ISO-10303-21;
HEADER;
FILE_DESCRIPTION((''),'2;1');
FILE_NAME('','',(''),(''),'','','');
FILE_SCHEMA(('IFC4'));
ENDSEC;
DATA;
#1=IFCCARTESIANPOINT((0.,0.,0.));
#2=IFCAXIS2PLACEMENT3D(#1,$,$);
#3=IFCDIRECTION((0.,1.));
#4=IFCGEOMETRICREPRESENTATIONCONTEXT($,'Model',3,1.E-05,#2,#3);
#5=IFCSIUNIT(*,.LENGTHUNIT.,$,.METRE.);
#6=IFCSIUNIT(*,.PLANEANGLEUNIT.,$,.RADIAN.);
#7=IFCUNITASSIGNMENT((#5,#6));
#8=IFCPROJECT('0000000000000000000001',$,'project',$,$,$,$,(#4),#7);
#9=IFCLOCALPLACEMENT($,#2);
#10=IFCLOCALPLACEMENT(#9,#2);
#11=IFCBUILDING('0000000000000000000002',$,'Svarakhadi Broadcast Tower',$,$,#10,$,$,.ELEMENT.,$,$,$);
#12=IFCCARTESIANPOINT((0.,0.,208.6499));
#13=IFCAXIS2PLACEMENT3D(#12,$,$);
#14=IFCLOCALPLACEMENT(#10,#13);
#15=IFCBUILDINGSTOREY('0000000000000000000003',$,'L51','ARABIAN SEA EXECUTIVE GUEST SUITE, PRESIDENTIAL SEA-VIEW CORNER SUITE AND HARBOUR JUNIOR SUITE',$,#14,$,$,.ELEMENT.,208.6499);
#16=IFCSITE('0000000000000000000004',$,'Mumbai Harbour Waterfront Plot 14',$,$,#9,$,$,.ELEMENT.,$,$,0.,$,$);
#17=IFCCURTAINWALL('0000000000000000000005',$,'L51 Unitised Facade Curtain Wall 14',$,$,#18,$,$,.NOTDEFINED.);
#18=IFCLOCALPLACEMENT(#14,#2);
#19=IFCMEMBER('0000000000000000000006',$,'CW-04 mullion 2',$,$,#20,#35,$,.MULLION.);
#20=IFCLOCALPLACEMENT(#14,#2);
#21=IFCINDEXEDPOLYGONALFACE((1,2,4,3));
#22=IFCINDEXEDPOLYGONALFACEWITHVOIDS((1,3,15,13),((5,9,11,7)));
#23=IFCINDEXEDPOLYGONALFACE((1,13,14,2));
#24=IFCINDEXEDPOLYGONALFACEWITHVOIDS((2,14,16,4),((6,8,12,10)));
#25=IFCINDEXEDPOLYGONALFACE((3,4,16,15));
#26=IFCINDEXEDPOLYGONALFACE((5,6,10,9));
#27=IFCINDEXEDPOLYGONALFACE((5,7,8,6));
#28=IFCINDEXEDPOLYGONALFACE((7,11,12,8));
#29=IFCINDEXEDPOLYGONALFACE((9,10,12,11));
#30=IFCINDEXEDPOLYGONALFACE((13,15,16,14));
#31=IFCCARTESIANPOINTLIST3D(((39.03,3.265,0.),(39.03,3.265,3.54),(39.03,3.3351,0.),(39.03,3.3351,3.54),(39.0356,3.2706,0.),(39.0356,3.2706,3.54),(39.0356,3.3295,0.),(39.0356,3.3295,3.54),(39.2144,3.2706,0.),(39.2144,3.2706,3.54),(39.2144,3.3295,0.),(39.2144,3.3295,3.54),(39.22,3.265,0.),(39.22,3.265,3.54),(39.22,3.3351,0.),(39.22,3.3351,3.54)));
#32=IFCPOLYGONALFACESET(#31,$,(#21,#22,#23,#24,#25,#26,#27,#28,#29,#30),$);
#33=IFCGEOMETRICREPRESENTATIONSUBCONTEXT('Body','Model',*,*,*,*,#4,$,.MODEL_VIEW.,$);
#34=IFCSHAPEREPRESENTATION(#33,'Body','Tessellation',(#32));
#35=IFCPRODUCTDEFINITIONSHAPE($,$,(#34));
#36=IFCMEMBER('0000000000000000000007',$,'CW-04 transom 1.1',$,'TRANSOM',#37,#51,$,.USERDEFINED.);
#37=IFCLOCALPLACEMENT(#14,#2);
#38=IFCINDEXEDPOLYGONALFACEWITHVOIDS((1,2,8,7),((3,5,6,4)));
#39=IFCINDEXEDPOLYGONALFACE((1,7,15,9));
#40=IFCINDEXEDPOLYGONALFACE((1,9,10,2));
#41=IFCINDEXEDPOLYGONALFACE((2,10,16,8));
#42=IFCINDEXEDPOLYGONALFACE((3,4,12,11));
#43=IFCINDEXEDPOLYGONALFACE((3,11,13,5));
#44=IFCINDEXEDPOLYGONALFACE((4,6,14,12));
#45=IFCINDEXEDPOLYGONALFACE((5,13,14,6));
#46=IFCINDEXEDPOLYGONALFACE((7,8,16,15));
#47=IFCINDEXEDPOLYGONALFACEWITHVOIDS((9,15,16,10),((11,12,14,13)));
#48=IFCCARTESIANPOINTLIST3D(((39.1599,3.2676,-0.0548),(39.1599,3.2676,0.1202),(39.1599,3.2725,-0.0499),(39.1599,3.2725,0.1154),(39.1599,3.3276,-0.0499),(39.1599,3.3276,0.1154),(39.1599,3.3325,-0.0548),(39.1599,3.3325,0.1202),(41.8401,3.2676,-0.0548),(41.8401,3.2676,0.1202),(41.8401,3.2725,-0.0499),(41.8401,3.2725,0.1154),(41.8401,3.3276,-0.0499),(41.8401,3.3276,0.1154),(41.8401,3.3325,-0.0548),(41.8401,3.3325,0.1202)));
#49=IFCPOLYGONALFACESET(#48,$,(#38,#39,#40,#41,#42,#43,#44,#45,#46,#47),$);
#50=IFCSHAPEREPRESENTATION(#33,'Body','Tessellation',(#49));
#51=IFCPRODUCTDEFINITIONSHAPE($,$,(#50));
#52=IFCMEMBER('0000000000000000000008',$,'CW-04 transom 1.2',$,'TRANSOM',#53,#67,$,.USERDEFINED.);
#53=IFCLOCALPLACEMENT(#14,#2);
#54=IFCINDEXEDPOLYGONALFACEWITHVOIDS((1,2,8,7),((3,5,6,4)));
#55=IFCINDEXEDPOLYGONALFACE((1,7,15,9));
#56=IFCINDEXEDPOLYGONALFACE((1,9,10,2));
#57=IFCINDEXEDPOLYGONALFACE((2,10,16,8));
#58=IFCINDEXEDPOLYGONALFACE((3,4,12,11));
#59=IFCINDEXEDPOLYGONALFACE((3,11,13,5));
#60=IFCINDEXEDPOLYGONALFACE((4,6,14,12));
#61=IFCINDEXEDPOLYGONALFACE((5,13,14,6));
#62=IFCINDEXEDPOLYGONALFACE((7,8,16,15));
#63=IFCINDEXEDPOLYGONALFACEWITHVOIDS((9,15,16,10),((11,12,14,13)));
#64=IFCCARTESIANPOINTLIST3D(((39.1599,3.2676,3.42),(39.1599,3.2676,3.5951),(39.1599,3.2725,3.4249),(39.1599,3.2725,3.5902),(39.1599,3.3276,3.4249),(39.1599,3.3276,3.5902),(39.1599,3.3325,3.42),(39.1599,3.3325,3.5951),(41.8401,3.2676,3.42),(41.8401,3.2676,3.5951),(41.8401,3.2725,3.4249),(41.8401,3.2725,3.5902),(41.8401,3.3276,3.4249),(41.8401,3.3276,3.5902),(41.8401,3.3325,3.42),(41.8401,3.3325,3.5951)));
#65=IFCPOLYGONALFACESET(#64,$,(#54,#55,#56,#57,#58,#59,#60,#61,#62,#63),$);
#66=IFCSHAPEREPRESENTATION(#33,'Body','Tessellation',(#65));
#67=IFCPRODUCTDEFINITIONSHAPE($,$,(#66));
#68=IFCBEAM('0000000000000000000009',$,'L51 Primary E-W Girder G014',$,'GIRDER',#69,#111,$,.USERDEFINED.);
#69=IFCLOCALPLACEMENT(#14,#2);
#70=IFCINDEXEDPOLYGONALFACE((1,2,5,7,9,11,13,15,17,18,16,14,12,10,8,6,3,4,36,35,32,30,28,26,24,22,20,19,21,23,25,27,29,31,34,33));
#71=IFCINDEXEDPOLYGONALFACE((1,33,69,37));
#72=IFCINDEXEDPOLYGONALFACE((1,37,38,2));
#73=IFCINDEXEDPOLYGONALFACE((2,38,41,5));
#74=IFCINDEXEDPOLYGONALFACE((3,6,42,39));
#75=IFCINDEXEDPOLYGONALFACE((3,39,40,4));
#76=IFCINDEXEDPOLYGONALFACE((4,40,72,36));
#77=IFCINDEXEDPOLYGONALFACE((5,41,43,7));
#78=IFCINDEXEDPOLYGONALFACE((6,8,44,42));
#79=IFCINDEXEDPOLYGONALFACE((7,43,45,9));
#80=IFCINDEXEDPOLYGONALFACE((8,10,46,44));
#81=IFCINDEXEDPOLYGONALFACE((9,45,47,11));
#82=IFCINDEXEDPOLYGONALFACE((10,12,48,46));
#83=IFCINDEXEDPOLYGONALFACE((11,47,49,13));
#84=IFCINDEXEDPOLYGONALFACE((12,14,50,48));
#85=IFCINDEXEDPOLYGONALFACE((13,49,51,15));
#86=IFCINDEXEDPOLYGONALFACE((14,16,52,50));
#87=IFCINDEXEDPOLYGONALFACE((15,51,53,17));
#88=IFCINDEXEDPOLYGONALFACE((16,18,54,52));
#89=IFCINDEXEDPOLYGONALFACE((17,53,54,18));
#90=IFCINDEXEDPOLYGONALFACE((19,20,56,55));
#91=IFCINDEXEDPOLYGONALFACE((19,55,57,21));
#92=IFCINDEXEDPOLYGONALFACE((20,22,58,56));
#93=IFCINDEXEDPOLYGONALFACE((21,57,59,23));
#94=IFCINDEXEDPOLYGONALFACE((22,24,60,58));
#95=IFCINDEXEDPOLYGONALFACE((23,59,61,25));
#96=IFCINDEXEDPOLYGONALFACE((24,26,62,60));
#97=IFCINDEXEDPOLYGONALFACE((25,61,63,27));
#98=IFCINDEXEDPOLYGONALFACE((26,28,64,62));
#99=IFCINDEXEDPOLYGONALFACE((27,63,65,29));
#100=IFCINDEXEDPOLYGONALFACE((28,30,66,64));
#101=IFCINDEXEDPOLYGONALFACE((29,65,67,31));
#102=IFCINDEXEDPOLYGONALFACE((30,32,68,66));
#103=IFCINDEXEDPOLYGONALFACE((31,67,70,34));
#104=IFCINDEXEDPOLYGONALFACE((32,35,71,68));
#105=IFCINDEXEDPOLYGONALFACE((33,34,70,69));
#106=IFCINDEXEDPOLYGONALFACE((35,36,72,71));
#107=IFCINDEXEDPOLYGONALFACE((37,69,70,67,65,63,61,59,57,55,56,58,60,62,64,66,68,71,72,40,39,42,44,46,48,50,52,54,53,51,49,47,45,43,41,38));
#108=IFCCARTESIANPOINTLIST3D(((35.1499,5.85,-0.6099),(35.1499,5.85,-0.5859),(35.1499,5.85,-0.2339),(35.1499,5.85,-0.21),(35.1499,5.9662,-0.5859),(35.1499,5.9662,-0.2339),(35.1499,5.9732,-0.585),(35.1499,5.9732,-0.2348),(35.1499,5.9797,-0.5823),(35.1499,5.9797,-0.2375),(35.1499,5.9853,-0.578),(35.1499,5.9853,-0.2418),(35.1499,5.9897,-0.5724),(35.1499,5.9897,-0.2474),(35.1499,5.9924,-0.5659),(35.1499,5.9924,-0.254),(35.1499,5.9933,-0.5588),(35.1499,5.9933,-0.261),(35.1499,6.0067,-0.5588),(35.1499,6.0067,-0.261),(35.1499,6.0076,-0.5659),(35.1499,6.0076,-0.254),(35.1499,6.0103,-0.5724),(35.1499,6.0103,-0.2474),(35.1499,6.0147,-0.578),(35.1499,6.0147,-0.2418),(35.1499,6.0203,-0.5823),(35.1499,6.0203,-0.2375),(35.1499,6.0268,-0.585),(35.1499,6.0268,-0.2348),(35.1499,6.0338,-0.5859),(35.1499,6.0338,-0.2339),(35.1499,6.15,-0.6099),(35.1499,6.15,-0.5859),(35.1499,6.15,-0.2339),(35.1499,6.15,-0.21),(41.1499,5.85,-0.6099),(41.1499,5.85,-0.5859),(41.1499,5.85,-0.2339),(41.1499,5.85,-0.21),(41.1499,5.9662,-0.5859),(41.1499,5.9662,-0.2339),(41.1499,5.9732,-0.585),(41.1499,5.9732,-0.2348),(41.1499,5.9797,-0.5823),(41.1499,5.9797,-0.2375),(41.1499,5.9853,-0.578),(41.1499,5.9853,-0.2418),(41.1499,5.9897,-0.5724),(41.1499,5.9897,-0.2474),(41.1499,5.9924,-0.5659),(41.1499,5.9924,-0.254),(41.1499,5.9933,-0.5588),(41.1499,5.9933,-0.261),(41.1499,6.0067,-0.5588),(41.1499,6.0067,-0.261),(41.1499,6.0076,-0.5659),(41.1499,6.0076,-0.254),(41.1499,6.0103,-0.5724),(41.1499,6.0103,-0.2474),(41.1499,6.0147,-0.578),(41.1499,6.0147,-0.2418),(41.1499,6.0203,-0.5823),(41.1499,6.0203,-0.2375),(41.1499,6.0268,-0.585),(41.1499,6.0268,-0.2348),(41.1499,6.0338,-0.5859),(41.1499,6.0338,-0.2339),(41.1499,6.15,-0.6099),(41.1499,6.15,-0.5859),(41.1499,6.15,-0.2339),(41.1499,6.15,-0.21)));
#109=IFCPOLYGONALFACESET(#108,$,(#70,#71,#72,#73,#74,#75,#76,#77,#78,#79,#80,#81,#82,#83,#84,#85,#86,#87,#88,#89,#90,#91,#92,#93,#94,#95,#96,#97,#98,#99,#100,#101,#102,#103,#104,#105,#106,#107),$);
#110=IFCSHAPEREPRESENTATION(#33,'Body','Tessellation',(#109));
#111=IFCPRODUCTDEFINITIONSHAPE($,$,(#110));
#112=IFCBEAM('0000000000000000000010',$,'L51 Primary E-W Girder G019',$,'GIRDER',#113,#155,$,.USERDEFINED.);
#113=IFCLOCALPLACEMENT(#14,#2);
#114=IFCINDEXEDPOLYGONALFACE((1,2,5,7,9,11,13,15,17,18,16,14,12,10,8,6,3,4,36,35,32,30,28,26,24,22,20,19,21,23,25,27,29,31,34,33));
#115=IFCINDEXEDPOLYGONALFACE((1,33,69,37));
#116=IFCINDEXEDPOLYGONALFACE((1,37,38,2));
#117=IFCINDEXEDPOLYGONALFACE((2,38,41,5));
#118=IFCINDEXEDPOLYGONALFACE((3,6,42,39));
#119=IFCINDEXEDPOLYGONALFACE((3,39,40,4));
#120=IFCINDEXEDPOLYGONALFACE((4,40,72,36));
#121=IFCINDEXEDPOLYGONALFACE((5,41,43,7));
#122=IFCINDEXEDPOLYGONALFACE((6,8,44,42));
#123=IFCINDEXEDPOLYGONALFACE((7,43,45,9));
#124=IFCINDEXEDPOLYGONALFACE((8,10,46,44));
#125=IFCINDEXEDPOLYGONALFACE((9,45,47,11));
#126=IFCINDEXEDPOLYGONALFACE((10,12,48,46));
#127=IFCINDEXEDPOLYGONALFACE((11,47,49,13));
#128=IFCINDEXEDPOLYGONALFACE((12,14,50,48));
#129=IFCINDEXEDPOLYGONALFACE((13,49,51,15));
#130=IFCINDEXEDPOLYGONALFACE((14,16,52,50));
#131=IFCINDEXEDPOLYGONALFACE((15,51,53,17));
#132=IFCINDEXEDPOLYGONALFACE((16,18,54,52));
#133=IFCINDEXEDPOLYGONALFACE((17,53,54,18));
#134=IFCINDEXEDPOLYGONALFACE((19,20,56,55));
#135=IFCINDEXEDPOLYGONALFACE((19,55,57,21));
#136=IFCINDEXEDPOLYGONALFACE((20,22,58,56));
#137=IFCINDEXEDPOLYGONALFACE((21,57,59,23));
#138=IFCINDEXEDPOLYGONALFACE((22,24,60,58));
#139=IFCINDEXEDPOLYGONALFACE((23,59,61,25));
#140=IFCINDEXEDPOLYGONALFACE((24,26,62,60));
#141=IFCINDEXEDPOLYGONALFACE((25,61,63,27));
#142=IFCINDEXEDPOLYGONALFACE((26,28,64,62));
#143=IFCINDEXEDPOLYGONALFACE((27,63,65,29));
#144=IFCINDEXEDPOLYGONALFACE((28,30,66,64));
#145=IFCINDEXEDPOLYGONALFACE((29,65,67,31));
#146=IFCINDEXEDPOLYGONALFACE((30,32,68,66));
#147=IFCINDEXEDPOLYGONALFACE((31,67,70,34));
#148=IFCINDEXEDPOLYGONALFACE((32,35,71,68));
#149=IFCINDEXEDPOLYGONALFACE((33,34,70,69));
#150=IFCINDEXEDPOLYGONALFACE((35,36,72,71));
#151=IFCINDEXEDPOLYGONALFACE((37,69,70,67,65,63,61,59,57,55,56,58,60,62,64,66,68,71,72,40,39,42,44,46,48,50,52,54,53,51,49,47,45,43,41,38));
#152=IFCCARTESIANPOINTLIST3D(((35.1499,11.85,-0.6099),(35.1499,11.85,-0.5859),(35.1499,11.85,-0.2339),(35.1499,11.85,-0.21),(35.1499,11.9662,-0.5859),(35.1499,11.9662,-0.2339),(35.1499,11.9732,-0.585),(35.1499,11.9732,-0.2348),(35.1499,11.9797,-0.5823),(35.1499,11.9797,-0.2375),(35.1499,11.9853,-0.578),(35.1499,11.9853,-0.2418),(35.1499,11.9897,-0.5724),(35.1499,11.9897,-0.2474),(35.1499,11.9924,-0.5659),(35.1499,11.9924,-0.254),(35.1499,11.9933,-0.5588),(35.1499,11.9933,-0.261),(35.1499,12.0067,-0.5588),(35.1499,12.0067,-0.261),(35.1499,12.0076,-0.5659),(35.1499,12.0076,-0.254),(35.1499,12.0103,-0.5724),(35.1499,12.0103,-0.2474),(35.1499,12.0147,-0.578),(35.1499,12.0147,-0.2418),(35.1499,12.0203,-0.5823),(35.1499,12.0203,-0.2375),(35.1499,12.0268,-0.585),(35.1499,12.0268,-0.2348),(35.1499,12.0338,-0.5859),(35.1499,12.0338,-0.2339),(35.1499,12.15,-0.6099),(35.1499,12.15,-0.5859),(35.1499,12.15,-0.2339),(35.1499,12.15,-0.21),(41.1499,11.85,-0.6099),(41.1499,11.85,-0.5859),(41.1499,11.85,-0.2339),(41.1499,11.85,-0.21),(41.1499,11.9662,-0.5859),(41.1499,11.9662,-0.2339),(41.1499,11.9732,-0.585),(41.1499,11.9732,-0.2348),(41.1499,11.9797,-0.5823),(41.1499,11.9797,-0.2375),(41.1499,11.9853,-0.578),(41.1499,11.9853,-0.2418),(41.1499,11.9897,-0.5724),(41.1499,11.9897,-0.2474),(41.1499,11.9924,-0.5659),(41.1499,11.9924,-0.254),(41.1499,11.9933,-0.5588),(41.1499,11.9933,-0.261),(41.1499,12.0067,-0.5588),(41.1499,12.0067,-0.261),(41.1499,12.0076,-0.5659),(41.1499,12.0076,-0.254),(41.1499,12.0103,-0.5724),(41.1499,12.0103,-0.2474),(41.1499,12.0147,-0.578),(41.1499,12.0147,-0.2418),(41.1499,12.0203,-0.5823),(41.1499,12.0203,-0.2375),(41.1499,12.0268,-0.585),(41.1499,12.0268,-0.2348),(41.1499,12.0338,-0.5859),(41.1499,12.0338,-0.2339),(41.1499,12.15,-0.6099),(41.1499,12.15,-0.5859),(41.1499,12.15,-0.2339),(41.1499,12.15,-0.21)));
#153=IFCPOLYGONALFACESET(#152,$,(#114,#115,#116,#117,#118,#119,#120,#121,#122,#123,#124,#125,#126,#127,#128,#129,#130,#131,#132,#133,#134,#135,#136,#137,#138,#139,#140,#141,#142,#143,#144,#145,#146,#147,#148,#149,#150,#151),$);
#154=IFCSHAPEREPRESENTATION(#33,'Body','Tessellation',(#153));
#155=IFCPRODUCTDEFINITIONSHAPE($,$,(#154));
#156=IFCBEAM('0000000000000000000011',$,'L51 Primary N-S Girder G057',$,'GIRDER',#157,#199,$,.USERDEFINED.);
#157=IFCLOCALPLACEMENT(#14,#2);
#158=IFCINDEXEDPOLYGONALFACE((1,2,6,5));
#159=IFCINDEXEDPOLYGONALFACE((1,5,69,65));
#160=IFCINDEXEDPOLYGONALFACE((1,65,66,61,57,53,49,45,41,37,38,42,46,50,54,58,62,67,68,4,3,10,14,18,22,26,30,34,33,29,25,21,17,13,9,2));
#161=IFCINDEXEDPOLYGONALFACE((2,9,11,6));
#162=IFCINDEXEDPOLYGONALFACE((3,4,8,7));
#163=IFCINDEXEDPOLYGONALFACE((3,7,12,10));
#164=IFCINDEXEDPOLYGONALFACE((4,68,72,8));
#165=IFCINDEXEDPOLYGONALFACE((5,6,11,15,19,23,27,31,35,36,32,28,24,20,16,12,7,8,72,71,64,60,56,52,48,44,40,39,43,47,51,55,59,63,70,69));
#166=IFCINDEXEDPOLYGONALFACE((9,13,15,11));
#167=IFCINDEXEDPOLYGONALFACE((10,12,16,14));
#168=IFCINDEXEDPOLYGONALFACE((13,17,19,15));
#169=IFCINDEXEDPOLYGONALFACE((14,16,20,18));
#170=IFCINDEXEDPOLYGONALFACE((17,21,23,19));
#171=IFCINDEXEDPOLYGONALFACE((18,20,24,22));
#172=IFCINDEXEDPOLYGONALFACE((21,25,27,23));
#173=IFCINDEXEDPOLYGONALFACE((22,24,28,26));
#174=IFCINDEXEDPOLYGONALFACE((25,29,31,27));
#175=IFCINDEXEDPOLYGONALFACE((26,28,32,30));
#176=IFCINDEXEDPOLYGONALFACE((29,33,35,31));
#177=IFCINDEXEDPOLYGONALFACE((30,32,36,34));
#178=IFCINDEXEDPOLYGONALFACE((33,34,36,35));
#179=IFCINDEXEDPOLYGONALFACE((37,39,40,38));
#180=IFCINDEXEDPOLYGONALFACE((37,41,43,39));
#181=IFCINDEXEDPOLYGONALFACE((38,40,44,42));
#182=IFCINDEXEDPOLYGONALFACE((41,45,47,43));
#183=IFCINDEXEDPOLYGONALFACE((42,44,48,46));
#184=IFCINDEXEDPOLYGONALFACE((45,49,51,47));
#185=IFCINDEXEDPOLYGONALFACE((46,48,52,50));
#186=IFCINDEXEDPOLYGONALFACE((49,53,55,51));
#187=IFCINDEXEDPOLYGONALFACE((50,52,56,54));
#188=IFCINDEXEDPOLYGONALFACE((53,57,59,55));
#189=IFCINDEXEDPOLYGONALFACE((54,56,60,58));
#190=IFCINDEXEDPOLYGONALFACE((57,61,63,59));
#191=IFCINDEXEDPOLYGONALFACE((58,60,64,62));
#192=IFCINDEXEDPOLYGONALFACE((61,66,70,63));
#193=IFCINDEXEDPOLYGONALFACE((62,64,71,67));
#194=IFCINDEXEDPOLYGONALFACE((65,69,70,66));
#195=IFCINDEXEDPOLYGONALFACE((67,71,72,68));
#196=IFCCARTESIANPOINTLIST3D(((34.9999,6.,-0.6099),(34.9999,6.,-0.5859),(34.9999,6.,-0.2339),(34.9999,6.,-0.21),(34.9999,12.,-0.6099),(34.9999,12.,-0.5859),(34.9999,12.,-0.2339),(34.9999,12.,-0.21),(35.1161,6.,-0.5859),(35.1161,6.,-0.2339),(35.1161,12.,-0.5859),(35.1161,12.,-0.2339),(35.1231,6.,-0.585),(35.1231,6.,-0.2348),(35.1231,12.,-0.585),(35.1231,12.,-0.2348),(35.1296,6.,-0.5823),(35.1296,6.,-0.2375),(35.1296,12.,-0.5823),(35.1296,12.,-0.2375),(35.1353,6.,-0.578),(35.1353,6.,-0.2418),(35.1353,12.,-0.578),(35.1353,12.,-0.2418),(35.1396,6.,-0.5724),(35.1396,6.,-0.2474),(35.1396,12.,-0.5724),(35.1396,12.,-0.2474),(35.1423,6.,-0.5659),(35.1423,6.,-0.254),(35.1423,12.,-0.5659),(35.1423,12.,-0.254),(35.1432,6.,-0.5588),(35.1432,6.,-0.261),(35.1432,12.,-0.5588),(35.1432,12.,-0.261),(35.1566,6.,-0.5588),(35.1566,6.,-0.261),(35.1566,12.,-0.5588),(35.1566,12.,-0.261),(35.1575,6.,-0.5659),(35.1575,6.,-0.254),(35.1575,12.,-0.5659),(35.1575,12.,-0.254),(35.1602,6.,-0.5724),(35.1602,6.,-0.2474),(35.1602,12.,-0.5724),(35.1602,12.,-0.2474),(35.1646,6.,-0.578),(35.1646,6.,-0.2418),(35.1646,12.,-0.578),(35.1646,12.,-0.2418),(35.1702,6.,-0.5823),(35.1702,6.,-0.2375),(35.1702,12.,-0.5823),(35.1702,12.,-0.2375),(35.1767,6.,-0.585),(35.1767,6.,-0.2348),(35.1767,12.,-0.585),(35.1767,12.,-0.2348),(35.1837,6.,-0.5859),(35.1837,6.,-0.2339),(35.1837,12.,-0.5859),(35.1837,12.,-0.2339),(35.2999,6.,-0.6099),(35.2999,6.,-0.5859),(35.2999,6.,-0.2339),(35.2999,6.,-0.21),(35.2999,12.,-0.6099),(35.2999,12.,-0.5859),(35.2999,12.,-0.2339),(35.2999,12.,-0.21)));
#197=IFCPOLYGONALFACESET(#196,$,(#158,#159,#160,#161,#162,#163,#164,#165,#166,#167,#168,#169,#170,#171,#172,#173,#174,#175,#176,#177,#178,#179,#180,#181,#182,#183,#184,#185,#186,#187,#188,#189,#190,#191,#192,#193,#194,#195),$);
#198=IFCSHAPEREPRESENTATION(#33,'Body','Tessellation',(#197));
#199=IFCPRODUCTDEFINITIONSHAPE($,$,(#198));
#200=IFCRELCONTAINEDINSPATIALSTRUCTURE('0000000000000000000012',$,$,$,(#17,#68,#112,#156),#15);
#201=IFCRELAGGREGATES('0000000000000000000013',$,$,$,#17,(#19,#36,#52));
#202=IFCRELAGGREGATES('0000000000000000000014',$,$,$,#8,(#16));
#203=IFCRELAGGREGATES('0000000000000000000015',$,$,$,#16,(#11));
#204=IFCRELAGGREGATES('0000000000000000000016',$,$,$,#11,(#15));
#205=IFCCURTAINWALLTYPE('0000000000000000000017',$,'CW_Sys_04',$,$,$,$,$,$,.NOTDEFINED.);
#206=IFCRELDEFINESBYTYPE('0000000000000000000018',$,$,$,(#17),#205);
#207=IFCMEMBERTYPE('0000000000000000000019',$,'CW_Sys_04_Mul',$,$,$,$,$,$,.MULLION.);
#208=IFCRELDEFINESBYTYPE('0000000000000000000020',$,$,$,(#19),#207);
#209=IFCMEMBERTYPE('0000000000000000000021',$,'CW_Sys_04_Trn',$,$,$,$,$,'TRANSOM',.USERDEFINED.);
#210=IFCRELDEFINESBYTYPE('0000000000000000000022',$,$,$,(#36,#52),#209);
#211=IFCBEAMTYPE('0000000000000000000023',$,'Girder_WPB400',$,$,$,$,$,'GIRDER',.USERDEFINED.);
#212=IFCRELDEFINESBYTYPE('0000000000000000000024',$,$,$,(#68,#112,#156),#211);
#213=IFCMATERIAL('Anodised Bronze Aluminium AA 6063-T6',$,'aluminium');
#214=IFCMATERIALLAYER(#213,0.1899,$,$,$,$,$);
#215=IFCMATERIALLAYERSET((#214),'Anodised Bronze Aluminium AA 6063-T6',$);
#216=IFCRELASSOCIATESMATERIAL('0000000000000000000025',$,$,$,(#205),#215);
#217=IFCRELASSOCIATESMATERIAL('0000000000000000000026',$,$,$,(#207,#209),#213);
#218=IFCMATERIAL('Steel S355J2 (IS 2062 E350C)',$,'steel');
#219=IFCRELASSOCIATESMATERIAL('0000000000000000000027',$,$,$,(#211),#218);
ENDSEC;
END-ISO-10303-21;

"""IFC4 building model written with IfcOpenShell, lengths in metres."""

from ifc_helpers import new_model, si_unit, direction, frame, origin, origin_2d, place, context, subcontext, project, spatial, hollow_rectangle, i_section, extrude, material, layer, layer_set, material_profile, profile_set, type_object, element, aggregate, save


model = new_model("IFC4")

# Units and contexts
model_context = context("Model", 3, precision=1e-05, world=origin(), true_north=direction((0.0, 1.0)))
body_context = subcontext(model_context, "Body", "Model", "MODEL_VIEW")
ifc_project = project(units=[si_unit("LENGTHUNIT", "METRE"), si_unit("PLANEANGLEUNIT", "RADIAN")], contexts=[model_context])

# Site, building, storey
site_placement = place(None, origin())
site = spatial("IfcSite", under=ifc_project, at=site_placement, Name="Mumbai Harbour Waterfront Plot 14", CompositionType="ELEMENT", RefElevation=0.0)
building_placement = place(site_placement, origin())
building = spatial("IfcBuilding", under=site, at=building_placement, Name="Svarakhadi Broadcast Tower", CompositionType="ELEMENT")
storey_placement = place(building_placement, frame((0.0, 0.0, 208.6499)))
storey = spatial("IfcBuildingStorey", under=building, at=storey_placement, Name="L51", Description="ARABIAN SEA EXECUTIVE GUEST SUITE, PRESIDENTIAL SEA-VIEW CORNER SUITE AND HARBOUR JUNIOR SUITE", CompositionType="ELEMENT", Elevation=208.6499)

# Shared definitions
ifc_material_1 = material(Name="Steel S355J2 (IS 2062 E350C)", Category="steel")

# Curtain wall, members
ifc_material_2 = material(Name="Anodised Bronze Aluminium AA 6063-T6", Category="aluminium")
ifc_layer_1 = layer(ifc_material_2, 0.1899)
ifc_layer_set_1 = layer_set([ifc_layer_1], Name="Anodised Bronze Aluminium AA 6063-T6")
curtain_wall_type = type_object("IfcCurtainWallType", Name="CW_Sys_04", PredefinedType="NOTDEFINED", material=ifc_layer_set_1)
curtain_wall_placement = place(storey_placement, origin())
curtain_wall = element("IfcCurtainWall", 1, at=curtain_wall_placement, inside=storey, type_object=curtain_wall_type, Name="L51 Unitised Facade Curtain Wall 14", PredefinedType="NOTDEFINED")
ifc_material_profile_1 = material_profile(ifc_material_2, hollow_rectangle(XDim=0.0701, YDim=0.1899, WallThickness=0.0056, at=origin_2d()), Name="ALU MULLION 190x70x6")
ifc_profile_set_1 = profile_set([ifc_material_profile_1], Name="Anodised Bronze Aluminium AA 6063-T6")
member_type_1 = type_object("IfcMemberType", Name="CW_Sys_04_Mul", PredefinedType="MULLION", material=ifc_profile_set_1)
member_1_placement = place(storey_placement, frame((39.125, 3.3, 0.0), z_axis=(0.0, 0.0, 1.0), x_axis=(0.0, -1.0, 0.0)))
member_1 = element("IfcMember", 2, at=member_1_placement, type_object=member_type_1, Name="CW-04 mullion 2", PredefinedType="MULLION", context=body_context, shape_type="SweptSolid", body=[
    extrude(hollow_rectangle(XDim=0.0701, YDim=0.1899, WallThickness=0.0056, at=origin_2d()), origin(), (0.0, 0.0, 1.0), 3.54),
])
ifc_material_profile_2 = material_profile(ifc_material_2, hollow_rectangle(XDim=0.0649, YDim=0.175, WallThickness=0.0049, at=origin_2d()), Name="ALU TRANSOM 175x65x5")
ifc_profile_set_2 = profile_set([ifc_material_profile_2], Name="Anodised Bronze Aluminium AA 6063-T6")
member_type_2 = type_object("IfcMemberType", Name="CW_Sys_04_Trn", ElementType="TRANSOM", PredefinedType="USERDEFINED", material=ifc_profile_set_2)
member_2_placement = place(storey_placement, frame((41.8401, 3.3, 0.0327), z_axis=(-1.0, 0.0, 0.0), x_axis=(0.0, -1.0, 0.0)))
member_2 = element("IfcMember", 3, at=member_2_placement, type_object=member_type_2, Name="CW-04 transom 1.1", ObjectType="TRANSOM", PredefinedType="USERDEFINED", context=body_context, shape_type="SweptSolid", body=[
    extrude(hollow_rectangle(XDim=0.0649, YDim=0.175, WallThickness=0.0049, at=origin_2d()), origin(), (0.0, 0.0, 1.0), 2.6802),
])
member_3_placement = place(storey_placement, frame((41.8401, 3.3, 3.5076), z_axis=(-1.0, 0.0, 0.0), x_axis=(0.0, -1.0, 0.0)))
member_3 = element("IfcMember", 4, at=member_3_placement, type_object=member_type_2, Name="CW-04 transom 1.2", ObjectType="TRANSOM", PredefinedType="USERDEFINED", context=body_context, shape_type="SweptSolid", body=[
    extrude(hollow_rectangle(XDim=0.0649, YDim=0.175, WallThickness=0.0049, at=origin_2d()), origin(), (0.0, 0.0, 1.0), 2.6802),
])

# Beams
ifc_material_profile_3 = material_profile(ifc_material_1, i_section(OverallWidth=0.3, OverallDepth=0.3999, WebThickness=0.0134, FlangeThickness=0.0239, FilletRadius=0.0271, at=origin_2d()), Name="WPB 400x300x155")
ifc_profile_set_3 = profile_set([ifc_material_profile_3], Name="Steel S355J2 (IS 2062 E350C)")
beam_type_1 = type_object("IfcBeamType", Name="Girder_WPB400", ElementType="GIRDER", PredefinedType="USERDEFINED", material=ifc_profile_set_3)
for number, where, z_axis, x_axis, name in (
    (5, (35.1499, 6.0, -0.4099), (1.0, 0.0, 0.0), (0.0, 1.0, 0.0), "L51 Primary E-W Girder G014"),
    (6, (35.1499, 12.0, -0.4099), (1.0, 0.0, 0.0), (0.0, 1.0, 0.0), "L51 Primary E-W Girder G019"),
    (7, (35.1499, 6.0, -0.4099), (0.0, 1.0, 0.0), (-1.0, 0.0, 0.0), "L51 Primary N-S Girder G057"),
):
    element("IfcBeam", number, at=place(storey_placement, frame(where, z_axis=z_axis, x_axis=x_axis)), inside=storey, type_object=beam_type_1, Name=name, ObjectType="GIRDER", PredefinedType="USERDEFINED", context=body_context, shape_type="SweptSolid", body=[
        extrude(i_section(OverallWidth=0.3, OverallDepth=0.3999, WebThickness=0.0134, FlangeThickness=0.0239, FilletRadius=0.0271, at=origin_2d()), origin(), (0.0, 0.0, 1.0), 6.0),
    ])

aggregate(curtain_wall, [member_1, member_2, member_3])

save(model, "model.ifc")
